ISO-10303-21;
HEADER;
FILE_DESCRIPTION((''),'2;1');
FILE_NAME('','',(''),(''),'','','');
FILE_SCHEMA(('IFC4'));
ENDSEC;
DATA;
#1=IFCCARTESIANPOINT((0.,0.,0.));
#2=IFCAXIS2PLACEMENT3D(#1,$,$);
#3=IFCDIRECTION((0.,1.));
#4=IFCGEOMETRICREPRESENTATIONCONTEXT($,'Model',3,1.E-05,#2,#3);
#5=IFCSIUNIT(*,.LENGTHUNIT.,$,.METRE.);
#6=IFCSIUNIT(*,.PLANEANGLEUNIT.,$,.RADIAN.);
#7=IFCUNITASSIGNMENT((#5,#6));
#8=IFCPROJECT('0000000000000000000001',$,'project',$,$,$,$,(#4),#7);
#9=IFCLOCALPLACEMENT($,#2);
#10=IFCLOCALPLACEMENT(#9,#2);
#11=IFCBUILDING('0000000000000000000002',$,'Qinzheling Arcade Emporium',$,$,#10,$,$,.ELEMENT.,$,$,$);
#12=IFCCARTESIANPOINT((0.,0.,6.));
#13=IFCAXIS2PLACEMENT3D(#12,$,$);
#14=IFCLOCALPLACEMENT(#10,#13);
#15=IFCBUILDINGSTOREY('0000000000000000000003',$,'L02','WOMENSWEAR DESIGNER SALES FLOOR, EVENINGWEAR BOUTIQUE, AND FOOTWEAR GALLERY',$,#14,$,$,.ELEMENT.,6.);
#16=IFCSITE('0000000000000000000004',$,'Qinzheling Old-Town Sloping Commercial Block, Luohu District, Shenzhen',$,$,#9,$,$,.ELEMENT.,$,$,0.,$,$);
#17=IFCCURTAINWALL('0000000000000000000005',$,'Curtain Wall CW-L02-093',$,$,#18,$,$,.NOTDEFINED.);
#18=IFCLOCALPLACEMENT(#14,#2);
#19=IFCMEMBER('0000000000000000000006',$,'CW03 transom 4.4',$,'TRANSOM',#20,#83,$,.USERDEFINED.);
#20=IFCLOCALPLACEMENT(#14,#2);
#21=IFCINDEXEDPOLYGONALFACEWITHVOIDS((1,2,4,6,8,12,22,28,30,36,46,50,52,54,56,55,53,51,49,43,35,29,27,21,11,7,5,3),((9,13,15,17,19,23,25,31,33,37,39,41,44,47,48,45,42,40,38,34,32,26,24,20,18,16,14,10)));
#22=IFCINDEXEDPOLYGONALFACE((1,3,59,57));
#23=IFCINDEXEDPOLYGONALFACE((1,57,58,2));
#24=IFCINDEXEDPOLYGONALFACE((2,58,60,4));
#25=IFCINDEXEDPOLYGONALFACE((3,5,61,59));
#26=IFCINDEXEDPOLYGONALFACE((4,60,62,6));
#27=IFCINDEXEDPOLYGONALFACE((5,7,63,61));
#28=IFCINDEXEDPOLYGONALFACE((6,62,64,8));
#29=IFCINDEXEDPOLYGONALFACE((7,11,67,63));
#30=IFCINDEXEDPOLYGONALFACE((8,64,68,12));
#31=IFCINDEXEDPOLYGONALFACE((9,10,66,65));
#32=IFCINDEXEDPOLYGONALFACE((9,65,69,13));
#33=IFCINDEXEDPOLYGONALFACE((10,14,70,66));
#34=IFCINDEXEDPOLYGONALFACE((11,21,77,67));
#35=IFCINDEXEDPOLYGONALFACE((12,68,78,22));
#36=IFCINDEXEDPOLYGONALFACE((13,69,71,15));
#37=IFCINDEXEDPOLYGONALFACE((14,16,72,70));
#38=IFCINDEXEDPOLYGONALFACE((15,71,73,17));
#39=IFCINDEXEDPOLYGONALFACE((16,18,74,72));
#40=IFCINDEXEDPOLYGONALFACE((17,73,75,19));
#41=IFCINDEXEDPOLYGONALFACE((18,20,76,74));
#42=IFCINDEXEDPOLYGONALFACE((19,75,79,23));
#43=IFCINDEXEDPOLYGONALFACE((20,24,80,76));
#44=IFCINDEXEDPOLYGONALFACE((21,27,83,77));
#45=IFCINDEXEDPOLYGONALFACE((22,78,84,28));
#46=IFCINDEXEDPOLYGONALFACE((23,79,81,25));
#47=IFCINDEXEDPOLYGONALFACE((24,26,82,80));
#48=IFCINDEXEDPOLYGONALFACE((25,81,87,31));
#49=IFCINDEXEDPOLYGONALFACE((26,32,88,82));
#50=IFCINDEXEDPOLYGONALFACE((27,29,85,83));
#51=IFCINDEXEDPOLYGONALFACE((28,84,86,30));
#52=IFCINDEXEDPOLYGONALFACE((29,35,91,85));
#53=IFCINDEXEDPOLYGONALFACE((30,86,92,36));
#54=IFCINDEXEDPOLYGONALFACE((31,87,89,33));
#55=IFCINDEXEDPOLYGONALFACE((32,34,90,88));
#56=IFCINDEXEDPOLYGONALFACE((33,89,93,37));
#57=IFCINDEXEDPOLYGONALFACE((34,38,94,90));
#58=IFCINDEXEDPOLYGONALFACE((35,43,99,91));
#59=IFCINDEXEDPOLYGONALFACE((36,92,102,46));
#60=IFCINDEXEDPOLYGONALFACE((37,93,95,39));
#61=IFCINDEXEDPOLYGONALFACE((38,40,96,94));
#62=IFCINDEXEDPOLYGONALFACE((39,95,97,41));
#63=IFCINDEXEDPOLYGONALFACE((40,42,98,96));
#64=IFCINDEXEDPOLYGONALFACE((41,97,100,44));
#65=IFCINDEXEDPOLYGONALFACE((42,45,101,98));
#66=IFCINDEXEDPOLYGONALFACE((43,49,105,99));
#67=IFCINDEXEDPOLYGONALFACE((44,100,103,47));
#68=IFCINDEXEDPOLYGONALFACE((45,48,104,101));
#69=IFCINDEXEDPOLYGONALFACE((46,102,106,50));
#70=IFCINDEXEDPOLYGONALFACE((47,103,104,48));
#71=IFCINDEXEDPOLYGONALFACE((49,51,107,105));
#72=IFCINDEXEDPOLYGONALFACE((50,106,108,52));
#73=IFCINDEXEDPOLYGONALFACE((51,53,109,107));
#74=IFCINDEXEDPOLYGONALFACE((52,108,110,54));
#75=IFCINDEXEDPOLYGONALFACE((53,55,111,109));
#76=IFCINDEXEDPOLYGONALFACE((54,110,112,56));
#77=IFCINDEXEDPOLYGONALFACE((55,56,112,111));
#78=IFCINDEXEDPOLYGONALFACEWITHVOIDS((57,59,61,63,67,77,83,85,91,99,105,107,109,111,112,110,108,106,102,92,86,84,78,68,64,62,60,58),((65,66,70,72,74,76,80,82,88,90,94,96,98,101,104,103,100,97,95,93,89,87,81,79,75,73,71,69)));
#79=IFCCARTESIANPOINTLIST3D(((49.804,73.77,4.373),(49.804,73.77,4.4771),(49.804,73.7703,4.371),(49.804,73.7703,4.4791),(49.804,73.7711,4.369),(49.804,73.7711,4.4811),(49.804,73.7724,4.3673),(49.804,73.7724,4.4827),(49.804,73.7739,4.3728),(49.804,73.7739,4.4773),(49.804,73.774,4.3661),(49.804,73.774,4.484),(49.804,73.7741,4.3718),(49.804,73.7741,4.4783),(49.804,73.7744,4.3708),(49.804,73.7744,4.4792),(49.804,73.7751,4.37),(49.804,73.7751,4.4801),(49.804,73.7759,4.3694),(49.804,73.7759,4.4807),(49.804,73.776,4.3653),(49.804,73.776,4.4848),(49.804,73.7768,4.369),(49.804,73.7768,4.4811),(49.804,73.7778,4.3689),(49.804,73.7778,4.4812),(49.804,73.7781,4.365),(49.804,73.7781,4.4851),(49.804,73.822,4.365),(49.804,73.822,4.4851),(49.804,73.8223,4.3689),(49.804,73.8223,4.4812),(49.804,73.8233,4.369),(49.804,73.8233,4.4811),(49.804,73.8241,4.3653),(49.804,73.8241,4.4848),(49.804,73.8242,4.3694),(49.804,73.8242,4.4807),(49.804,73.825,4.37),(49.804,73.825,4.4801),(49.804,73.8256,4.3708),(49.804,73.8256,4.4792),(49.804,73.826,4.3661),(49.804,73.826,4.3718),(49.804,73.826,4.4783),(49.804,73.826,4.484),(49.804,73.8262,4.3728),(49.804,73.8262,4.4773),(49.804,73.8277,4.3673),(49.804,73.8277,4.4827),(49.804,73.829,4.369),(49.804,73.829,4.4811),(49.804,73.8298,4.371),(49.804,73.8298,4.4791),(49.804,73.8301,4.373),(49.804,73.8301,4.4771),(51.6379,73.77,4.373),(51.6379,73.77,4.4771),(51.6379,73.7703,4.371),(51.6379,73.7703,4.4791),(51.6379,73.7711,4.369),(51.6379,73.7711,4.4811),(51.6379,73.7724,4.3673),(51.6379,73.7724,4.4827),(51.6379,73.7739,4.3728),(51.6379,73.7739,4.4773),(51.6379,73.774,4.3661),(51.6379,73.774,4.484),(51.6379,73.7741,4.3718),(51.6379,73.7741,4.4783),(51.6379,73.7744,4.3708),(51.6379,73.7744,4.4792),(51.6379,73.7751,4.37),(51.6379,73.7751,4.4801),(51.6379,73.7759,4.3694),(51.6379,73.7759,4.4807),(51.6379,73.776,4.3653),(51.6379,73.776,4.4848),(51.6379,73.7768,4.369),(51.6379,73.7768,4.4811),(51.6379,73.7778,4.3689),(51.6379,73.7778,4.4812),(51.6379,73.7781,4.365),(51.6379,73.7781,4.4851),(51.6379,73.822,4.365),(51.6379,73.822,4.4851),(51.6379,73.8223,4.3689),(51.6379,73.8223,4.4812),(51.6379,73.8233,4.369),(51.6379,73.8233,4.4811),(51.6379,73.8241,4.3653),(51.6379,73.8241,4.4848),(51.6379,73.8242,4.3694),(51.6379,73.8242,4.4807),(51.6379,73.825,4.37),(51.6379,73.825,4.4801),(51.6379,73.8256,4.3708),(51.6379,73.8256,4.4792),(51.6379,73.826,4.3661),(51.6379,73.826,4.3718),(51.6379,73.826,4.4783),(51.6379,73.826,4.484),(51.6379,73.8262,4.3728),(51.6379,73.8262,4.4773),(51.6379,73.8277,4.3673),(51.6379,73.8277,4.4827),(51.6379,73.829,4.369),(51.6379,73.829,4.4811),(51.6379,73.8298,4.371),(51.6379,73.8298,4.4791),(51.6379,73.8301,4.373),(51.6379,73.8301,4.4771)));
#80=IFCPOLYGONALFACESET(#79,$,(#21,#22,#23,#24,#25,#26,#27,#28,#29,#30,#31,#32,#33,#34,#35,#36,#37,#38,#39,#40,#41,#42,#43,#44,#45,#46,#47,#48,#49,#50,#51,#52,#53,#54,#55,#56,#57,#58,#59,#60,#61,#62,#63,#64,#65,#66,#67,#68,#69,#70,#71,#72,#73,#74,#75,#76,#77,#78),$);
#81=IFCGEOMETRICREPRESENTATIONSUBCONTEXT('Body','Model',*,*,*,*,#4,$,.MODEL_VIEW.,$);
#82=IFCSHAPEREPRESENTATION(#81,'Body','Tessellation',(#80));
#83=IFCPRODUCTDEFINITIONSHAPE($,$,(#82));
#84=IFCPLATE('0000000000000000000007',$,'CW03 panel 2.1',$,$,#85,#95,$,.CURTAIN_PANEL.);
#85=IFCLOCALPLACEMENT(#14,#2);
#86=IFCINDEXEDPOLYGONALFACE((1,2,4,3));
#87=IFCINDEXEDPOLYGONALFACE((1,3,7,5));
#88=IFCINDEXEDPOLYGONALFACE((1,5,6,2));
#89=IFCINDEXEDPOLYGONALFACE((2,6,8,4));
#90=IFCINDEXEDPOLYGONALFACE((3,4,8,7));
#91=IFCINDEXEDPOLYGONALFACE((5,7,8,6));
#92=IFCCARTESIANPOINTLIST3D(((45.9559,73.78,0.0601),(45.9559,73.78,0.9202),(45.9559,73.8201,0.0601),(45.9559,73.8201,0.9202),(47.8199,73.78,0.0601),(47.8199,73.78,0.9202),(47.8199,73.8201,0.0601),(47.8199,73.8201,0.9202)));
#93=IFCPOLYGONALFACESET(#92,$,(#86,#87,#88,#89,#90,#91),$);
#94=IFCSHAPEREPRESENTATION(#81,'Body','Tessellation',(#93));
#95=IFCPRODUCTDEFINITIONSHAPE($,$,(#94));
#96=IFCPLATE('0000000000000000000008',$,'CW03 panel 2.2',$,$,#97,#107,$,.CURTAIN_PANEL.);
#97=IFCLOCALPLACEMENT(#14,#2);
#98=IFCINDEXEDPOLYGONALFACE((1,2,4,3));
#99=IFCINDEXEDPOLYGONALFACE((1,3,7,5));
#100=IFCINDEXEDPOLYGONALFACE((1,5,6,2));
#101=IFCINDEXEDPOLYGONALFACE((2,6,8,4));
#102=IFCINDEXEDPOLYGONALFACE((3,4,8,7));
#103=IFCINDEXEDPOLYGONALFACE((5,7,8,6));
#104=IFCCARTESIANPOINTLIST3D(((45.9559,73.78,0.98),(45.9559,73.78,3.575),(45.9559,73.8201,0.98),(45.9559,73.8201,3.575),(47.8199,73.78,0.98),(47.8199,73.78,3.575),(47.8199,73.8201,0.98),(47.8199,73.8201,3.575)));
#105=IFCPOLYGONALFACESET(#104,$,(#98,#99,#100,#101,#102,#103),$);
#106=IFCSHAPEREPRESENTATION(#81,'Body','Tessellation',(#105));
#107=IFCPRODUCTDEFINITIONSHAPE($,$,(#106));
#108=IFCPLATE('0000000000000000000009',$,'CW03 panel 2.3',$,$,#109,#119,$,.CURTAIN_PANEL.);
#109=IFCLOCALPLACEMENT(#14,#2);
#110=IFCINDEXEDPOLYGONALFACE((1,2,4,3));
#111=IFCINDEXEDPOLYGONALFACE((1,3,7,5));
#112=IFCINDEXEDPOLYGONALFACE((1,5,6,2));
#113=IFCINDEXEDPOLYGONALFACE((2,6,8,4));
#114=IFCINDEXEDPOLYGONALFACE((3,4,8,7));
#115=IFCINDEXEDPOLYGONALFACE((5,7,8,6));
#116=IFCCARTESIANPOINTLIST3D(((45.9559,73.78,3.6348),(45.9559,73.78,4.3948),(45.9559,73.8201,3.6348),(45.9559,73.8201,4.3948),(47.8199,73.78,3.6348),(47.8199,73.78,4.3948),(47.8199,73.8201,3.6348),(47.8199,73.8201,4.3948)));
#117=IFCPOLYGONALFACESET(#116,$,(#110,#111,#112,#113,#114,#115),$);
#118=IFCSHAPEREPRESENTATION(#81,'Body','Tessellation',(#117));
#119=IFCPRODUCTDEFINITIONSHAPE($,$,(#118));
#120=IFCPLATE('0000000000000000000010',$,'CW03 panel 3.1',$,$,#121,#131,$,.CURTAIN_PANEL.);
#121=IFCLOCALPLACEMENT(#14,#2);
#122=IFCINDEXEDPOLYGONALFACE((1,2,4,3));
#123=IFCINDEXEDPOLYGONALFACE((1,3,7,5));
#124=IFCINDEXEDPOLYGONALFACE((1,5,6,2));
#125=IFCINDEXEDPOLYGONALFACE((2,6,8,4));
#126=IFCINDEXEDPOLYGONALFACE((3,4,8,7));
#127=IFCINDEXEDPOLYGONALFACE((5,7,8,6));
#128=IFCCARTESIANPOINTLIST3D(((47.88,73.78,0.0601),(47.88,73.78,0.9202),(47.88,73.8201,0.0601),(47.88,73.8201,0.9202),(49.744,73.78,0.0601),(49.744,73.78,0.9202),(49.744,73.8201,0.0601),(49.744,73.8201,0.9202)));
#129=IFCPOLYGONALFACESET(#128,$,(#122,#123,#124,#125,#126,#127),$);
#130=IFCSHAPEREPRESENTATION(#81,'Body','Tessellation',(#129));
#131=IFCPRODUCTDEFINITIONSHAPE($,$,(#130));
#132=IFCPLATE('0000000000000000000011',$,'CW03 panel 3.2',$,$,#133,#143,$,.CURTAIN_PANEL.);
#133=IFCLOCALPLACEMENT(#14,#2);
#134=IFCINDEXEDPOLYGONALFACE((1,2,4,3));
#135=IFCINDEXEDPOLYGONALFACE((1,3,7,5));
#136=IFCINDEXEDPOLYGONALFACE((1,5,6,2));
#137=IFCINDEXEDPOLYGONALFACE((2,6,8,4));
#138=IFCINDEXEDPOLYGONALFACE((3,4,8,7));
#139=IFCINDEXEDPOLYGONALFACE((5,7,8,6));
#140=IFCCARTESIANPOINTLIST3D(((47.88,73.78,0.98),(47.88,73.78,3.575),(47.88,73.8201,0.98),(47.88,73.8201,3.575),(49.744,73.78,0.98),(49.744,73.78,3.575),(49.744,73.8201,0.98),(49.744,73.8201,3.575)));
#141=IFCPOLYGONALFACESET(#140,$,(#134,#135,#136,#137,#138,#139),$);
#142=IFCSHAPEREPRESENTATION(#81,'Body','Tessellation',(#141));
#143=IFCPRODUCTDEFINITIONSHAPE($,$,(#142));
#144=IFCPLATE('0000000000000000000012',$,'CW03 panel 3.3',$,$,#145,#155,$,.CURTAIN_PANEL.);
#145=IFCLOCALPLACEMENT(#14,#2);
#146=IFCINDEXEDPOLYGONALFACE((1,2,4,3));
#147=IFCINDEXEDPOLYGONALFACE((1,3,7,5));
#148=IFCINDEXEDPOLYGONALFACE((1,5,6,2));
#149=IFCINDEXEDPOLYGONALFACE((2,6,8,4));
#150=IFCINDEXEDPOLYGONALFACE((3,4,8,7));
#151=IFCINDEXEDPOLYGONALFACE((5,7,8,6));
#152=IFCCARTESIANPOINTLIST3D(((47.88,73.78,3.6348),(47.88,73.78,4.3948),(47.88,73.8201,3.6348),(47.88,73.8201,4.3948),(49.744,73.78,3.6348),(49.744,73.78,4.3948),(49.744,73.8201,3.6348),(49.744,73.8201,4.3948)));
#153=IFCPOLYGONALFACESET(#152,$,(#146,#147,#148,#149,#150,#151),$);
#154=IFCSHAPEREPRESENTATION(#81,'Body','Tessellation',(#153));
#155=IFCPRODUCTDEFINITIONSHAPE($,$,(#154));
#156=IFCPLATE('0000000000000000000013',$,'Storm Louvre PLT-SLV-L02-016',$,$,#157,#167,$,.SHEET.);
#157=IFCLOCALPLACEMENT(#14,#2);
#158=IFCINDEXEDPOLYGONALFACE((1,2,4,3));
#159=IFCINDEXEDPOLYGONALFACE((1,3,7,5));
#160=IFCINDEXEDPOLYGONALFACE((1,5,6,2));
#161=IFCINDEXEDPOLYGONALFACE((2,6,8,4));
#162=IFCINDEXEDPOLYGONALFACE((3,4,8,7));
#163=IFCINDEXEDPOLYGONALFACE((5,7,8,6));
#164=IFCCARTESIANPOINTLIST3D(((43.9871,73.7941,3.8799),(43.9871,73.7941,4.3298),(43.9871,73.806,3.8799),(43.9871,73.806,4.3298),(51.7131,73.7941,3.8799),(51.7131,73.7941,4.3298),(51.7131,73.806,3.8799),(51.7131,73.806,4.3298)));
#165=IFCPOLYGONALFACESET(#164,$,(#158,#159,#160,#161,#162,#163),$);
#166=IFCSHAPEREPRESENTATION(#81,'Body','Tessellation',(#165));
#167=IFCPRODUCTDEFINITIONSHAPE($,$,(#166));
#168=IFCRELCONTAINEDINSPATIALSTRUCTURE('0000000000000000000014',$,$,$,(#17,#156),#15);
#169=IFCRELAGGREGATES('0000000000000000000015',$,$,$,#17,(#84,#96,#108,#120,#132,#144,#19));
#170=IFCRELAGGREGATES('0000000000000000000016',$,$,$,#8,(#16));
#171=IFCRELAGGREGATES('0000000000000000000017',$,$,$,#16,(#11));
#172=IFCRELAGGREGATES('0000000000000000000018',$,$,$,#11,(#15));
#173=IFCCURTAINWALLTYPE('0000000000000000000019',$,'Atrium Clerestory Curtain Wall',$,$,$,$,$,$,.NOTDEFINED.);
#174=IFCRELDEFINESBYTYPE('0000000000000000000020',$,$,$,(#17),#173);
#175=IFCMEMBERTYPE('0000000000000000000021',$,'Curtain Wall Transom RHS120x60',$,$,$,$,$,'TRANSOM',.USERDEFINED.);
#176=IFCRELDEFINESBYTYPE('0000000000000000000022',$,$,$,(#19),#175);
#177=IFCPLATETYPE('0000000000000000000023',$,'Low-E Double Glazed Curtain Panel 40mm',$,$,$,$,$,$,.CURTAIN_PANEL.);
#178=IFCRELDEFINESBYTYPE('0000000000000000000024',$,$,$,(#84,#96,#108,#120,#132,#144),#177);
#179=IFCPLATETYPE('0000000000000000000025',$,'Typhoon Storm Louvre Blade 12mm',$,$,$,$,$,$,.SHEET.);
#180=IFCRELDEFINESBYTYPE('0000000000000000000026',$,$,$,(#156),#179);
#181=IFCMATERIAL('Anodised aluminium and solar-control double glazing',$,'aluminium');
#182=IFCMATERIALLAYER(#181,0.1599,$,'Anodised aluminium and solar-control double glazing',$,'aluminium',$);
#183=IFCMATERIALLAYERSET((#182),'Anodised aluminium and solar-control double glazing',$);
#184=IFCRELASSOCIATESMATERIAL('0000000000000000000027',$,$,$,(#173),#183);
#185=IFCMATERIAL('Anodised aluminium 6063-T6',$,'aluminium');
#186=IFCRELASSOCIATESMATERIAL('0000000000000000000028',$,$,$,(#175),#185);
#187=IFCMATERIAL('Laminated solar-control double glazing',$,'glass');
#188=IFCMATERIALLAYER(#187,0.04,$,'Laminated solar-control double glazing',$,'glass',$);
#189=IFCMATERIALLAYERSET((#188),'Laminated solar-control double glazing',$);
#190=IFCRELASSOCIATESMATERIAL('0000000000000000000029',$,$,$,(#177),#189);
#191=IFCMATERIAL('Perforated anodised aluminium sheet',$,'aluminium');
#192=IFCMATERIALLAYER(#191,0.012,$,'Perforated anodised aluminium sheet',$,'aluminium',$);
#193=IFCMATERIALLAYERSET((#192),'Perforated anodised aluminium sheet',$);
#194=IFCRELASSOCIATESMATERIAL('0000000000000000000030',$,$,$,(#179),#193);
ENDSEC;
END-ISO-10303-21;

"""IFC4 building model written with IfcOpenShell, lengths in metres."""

from ifc_helpers import new_model, si_unit, direction, frame, origin, origin_2d, place, context, subcontext, project, spatial, rectangle, hollow_rectangle, extrude, material, layer, layer_set, material_profile, profile_set, type_object, element, aggregate, save


model = new_model("IFC4")

# Units and contexts
model_context = context("Model", 3, precision=1e-05, world=origin(), true_north=direction((0.0, 1.0)))
body_context = subcontext(model_context, "Body", "Model", "MODEL_VIEW")
ifc_project = project(units=[si_unit("LENGTHUNIT", "METRE"), si_unit("PLANEANGLEUNIT", "RADIAN")], contexts=[model_context])

# Site, building, storey
site_placement = place(None, origin())
site = spatial("IfcSite", under=ifc_project, at=site_placement, Name="Qinzheling Old-Town Sloping Commercial Block, Luohu District, Shenzhen", CompositionType="ELEMENT", RefElevation=0.0)
building_placement = place(site_placement, origin())
building = spatial("IfcBuilding", under=site, at=building_placement, Name="Qinzheling Arcade Emporium", CompositionType="ELEMENT")
storey_placement = place(building_placement, frame((0.0, 0.0, 6.0)))
storey = spatial("IfcBuildingStorey", under=building, at=storey_placement, Name="L02", Description="WOMENSWEAR DESIGNER SALES FLOOR, EVENINGWEAR BOUTIQUE, AND FOOTWEAR GALLERY", CompositionType="ELEMENT", Elevation=6.0)

# Curtain wall, member, plates
ifc_material_1 = material(Name="Anodised aluminium and solar-control double glazing", Category="aluminium")
ifc_layer_1 = layer(ifc_material_1, 0.1599, Name="Anodised aluminium and solar-control double glazing", Category="aluminium")
ifc_layer_set_1 = layer_set([ifc_layer_1], Name="Anodised aluminium and solar-control double glazing")
curtain_wall_type = type_object("IfcCurtainWallType", Name="Atrium Clerestory Curtain Wall", PredefinedType="NOTDEFINED", material=ifc_layer_set_1)
curtain_wall_placement = place(storey_placement, origin())
curtain_wall = element("IfcCurtainWall", 1, at=curtain_wall_placement, inside=storey, type_object=curtain_wall_type, Name="Curtain Wall CW-L02-093", PredefinedType="NOTDEFINED")
ifc_material_2 = material(Name="Anodised aluminium 6063-T6", Category="aluminium")
ifc_material_profile_1 = material_profile(ifc_material_2, hollow_rectangle(XDim=0.0601, YDim=0.1201, WallThickness=0.0039, InnerFilletRadius=0.0039, OuterFilletRadius=0.0081, at=origin_2d()), Name="RHS 120x60x4", Category="aluminium")
ifc_profile_set_1 = profile_set([ifc_material_profile_1], Name="Anodised aluminium 6063-T6")
member_type_1 = type_object("IfcMemberType", Name="Curtain Wall Transom RHS120x60", ElementType="TRANSOM", PredefinedType="USERDEFINED", material=ifc_profile_set_1)
member_1_placement = place(storey_placement, frame((49.804, 73.8, 4.425), z_axis=(1.0, 0.0, 0.0), x_axis=(0.0, 1.0, 0.0)))
member_1 = element("IfcMember", 2, at=member_1_placement, type_object=member_type_1, Name="CW03 transom 4.4", ObjectType="TRANSOM", PredefinedType="USERDEFINED", context=body_context, shape_type="SweptSolid", body=[
    extrude(hollow_rectangle(XDim=0.0601, YDim=0.1201, WallThickness=0.0039, InnerFilletRadius=0.0039, OuterFilletRadius=0.0081, at=origin_2d()), origin(), (0.0, 0.0, 1.0), 1.834),
])
ifc_material_3 = material(Name="Laminated solar-control double glazing", Category="glass")
ifc_layer_2 = layer(ifc_material_3, 0.04, Name="Laminated solar-control double glazing", Category="glass")
ifc_layer_set_2 = layer_set([ifc_layer_2], Name="Laminated solar-control double glazing")
plate_type_1 = type_object("IfcPlateType", Name="Low-E Double Glazed Curtain Panel 40mm", PredefinedType="CURTAIN_PANEL", material=ifc_layer_set_2)
plate_1_placement = place(storey_placement, frame((46.8879, 73.8, 0.0601), z_axis=(0.0, 0.0, 1.0), x_axis=(1.0, 0.0, 0.0)))
plate_1 = element("IfcPlate", 3, at=plate_1_placement, type_object=plate_type_1, Name="CW03 panel 2.1", PredefinedType="CURTAIN_PANEL", context=body_context, shape_type="SweptSolid", body=[
    extrude(rectangle(XDim=1.864, YDim=0.04, at=origin_2d()), origin(), (0.0, 0.0, 1.0), 0.8601),
])
plate_2_placement = place(storey_placement, frame((46.8879, 73.8, 0.98), z_axis=(0.0, 0.0, 1.0), x_axis=(1.0, 0.0, 0.0)))
plate_2 = element("IfcPlate", 4, at=plate_2_placement, type_object=plate_type_1, Name="CW03 panel 2.2", PredefinedType="CURTAIN_PANEL", context=body_context, shape_type="SweptSolid", body=[
    extrude(rectangle(XDim=1.864, YDim=0.04, at=origin_2d()), origin(), (0.0, 0.0, 1.0), 2.595),
])
plate_3_placement = place(storey_placement, frame((46.8879, 73.8, 3.6348), z_axis=(0.0, 0.0, 1.0), x_axis=(1.0, 0.0, 0.0)))
plate_3 = element("IfcPlate", 5, at=plate_3_placement, type_object=plate_type_1, Name="CW03 panel 2.3", PredefinedType="CURTAIN_PANEL", context=body_context, shape_type="SweptSolid", body=[
    extrude(rectangle(XDim=1.864, YDim=0.04, at=origin_2d()), origin(), (0.0, 0.0, 1.0), 0.76),
])
plate_4_placement = place(storey_placement, frame((48.812, 73.8, 0.0601), z_axis=(0.0, 0.0, 1.0), x_axis=(1.0, 0.0, 0.0)))
plate_4 = element("IfcPlate", 6, at=plate_4_placement, type_object=plate_type_1, Name="CW03 panel 3.1", PredefinedType="CURTAIN_PANEL", context=body_context, shape_type="SweptSolid", body=[
    extrude(rectangle(XDim=1.864, YDim=0.04, at=origin_2d()), origin(), (0.0, 0.0, 1.0), 0.8601),
])
plate_5_placement = place(storey_placement, frame((48.812, 73.8, 0.98), z_axis=(0.0, 0.0, 1.0), x_axis=(1.0, 0.0, 0.0)))
plate_5 = element("IfcPlate", 7, at=plate_5_placement, type_object=plate_type_1, Name="CW03 panel 3.2", PredefinedType="CURTAIN_PANEL", context=body_context, shape_type="SweptSolid", body=[
    extrude(rectangle(XDim=1.864, YDim=0.04, at=origin_2d()), origin(), (0.0, 0.0, 1.0), 2.595),
])
plate_6_placement = place(storey_placement, frame((48.812, 73.8, 3.6348), z_axis=(0.0, 0.0, 1.0), x_axis=(1.0, 0.0, 0.0)))
plate_6 = element("IfcPlate", 8, at=plate_6_placement, type_object=plate_type_1, Name="CW03 panel 3.3", PredefinedType="CURTAIN_PANEL", context=body_context, shape_type="SweptSolid", body=[
    extrude(rectangle(XDim=1.864, YDim=0.04, at=origin_2d()), origin(), (0.0, 0.0, 1.0), 0.76),
])
aggregate(curtain_wall, [plate_1, plate_2, plate_3, plate_4, plate_5, plate_6, member_1])

# Plate
ifc_material_4 = material(Name="Perforated anodised aluminium sheet", Category="aluminium")
ifc_layer_3 = layer(ifc_material_4, 0.012, Name="Perforated anodised aluminium sheet", Category="aluminium")
ifc_layer_set_3 = layer_set([ifc_layer_3], Name="Perforated anodised aluminium sheet")
plate_type_2 = type_object("IfcPlateType", Name="Typhoon Storm Louvre Blade 12mm", PredefinedType="SHEET", material=ifc_layer_set_3)
plate_7_placement = place(storey_placement, frame((47.8501, 73.8, 3.8799), z_axis=(0.0, 0.0, 1.0), x_axis=(1.0, 0.0, 0.0)))
element("IfcPlate", 9, at=plate_7_placement, inside=storey, type_object=plate_type_2, Name="Storm Louvre PLT-SLV-L02-016", PredefinedType="SHEET", context=body_context, shape_type="SweptSolid", body=[
    extrude(rectangle(XDim=7.7261, YDim=0.012, at=origin_2d()), origin(), (0.0, 0.0, 1.0), 0.45),
])

save(model, "model.ifc")
